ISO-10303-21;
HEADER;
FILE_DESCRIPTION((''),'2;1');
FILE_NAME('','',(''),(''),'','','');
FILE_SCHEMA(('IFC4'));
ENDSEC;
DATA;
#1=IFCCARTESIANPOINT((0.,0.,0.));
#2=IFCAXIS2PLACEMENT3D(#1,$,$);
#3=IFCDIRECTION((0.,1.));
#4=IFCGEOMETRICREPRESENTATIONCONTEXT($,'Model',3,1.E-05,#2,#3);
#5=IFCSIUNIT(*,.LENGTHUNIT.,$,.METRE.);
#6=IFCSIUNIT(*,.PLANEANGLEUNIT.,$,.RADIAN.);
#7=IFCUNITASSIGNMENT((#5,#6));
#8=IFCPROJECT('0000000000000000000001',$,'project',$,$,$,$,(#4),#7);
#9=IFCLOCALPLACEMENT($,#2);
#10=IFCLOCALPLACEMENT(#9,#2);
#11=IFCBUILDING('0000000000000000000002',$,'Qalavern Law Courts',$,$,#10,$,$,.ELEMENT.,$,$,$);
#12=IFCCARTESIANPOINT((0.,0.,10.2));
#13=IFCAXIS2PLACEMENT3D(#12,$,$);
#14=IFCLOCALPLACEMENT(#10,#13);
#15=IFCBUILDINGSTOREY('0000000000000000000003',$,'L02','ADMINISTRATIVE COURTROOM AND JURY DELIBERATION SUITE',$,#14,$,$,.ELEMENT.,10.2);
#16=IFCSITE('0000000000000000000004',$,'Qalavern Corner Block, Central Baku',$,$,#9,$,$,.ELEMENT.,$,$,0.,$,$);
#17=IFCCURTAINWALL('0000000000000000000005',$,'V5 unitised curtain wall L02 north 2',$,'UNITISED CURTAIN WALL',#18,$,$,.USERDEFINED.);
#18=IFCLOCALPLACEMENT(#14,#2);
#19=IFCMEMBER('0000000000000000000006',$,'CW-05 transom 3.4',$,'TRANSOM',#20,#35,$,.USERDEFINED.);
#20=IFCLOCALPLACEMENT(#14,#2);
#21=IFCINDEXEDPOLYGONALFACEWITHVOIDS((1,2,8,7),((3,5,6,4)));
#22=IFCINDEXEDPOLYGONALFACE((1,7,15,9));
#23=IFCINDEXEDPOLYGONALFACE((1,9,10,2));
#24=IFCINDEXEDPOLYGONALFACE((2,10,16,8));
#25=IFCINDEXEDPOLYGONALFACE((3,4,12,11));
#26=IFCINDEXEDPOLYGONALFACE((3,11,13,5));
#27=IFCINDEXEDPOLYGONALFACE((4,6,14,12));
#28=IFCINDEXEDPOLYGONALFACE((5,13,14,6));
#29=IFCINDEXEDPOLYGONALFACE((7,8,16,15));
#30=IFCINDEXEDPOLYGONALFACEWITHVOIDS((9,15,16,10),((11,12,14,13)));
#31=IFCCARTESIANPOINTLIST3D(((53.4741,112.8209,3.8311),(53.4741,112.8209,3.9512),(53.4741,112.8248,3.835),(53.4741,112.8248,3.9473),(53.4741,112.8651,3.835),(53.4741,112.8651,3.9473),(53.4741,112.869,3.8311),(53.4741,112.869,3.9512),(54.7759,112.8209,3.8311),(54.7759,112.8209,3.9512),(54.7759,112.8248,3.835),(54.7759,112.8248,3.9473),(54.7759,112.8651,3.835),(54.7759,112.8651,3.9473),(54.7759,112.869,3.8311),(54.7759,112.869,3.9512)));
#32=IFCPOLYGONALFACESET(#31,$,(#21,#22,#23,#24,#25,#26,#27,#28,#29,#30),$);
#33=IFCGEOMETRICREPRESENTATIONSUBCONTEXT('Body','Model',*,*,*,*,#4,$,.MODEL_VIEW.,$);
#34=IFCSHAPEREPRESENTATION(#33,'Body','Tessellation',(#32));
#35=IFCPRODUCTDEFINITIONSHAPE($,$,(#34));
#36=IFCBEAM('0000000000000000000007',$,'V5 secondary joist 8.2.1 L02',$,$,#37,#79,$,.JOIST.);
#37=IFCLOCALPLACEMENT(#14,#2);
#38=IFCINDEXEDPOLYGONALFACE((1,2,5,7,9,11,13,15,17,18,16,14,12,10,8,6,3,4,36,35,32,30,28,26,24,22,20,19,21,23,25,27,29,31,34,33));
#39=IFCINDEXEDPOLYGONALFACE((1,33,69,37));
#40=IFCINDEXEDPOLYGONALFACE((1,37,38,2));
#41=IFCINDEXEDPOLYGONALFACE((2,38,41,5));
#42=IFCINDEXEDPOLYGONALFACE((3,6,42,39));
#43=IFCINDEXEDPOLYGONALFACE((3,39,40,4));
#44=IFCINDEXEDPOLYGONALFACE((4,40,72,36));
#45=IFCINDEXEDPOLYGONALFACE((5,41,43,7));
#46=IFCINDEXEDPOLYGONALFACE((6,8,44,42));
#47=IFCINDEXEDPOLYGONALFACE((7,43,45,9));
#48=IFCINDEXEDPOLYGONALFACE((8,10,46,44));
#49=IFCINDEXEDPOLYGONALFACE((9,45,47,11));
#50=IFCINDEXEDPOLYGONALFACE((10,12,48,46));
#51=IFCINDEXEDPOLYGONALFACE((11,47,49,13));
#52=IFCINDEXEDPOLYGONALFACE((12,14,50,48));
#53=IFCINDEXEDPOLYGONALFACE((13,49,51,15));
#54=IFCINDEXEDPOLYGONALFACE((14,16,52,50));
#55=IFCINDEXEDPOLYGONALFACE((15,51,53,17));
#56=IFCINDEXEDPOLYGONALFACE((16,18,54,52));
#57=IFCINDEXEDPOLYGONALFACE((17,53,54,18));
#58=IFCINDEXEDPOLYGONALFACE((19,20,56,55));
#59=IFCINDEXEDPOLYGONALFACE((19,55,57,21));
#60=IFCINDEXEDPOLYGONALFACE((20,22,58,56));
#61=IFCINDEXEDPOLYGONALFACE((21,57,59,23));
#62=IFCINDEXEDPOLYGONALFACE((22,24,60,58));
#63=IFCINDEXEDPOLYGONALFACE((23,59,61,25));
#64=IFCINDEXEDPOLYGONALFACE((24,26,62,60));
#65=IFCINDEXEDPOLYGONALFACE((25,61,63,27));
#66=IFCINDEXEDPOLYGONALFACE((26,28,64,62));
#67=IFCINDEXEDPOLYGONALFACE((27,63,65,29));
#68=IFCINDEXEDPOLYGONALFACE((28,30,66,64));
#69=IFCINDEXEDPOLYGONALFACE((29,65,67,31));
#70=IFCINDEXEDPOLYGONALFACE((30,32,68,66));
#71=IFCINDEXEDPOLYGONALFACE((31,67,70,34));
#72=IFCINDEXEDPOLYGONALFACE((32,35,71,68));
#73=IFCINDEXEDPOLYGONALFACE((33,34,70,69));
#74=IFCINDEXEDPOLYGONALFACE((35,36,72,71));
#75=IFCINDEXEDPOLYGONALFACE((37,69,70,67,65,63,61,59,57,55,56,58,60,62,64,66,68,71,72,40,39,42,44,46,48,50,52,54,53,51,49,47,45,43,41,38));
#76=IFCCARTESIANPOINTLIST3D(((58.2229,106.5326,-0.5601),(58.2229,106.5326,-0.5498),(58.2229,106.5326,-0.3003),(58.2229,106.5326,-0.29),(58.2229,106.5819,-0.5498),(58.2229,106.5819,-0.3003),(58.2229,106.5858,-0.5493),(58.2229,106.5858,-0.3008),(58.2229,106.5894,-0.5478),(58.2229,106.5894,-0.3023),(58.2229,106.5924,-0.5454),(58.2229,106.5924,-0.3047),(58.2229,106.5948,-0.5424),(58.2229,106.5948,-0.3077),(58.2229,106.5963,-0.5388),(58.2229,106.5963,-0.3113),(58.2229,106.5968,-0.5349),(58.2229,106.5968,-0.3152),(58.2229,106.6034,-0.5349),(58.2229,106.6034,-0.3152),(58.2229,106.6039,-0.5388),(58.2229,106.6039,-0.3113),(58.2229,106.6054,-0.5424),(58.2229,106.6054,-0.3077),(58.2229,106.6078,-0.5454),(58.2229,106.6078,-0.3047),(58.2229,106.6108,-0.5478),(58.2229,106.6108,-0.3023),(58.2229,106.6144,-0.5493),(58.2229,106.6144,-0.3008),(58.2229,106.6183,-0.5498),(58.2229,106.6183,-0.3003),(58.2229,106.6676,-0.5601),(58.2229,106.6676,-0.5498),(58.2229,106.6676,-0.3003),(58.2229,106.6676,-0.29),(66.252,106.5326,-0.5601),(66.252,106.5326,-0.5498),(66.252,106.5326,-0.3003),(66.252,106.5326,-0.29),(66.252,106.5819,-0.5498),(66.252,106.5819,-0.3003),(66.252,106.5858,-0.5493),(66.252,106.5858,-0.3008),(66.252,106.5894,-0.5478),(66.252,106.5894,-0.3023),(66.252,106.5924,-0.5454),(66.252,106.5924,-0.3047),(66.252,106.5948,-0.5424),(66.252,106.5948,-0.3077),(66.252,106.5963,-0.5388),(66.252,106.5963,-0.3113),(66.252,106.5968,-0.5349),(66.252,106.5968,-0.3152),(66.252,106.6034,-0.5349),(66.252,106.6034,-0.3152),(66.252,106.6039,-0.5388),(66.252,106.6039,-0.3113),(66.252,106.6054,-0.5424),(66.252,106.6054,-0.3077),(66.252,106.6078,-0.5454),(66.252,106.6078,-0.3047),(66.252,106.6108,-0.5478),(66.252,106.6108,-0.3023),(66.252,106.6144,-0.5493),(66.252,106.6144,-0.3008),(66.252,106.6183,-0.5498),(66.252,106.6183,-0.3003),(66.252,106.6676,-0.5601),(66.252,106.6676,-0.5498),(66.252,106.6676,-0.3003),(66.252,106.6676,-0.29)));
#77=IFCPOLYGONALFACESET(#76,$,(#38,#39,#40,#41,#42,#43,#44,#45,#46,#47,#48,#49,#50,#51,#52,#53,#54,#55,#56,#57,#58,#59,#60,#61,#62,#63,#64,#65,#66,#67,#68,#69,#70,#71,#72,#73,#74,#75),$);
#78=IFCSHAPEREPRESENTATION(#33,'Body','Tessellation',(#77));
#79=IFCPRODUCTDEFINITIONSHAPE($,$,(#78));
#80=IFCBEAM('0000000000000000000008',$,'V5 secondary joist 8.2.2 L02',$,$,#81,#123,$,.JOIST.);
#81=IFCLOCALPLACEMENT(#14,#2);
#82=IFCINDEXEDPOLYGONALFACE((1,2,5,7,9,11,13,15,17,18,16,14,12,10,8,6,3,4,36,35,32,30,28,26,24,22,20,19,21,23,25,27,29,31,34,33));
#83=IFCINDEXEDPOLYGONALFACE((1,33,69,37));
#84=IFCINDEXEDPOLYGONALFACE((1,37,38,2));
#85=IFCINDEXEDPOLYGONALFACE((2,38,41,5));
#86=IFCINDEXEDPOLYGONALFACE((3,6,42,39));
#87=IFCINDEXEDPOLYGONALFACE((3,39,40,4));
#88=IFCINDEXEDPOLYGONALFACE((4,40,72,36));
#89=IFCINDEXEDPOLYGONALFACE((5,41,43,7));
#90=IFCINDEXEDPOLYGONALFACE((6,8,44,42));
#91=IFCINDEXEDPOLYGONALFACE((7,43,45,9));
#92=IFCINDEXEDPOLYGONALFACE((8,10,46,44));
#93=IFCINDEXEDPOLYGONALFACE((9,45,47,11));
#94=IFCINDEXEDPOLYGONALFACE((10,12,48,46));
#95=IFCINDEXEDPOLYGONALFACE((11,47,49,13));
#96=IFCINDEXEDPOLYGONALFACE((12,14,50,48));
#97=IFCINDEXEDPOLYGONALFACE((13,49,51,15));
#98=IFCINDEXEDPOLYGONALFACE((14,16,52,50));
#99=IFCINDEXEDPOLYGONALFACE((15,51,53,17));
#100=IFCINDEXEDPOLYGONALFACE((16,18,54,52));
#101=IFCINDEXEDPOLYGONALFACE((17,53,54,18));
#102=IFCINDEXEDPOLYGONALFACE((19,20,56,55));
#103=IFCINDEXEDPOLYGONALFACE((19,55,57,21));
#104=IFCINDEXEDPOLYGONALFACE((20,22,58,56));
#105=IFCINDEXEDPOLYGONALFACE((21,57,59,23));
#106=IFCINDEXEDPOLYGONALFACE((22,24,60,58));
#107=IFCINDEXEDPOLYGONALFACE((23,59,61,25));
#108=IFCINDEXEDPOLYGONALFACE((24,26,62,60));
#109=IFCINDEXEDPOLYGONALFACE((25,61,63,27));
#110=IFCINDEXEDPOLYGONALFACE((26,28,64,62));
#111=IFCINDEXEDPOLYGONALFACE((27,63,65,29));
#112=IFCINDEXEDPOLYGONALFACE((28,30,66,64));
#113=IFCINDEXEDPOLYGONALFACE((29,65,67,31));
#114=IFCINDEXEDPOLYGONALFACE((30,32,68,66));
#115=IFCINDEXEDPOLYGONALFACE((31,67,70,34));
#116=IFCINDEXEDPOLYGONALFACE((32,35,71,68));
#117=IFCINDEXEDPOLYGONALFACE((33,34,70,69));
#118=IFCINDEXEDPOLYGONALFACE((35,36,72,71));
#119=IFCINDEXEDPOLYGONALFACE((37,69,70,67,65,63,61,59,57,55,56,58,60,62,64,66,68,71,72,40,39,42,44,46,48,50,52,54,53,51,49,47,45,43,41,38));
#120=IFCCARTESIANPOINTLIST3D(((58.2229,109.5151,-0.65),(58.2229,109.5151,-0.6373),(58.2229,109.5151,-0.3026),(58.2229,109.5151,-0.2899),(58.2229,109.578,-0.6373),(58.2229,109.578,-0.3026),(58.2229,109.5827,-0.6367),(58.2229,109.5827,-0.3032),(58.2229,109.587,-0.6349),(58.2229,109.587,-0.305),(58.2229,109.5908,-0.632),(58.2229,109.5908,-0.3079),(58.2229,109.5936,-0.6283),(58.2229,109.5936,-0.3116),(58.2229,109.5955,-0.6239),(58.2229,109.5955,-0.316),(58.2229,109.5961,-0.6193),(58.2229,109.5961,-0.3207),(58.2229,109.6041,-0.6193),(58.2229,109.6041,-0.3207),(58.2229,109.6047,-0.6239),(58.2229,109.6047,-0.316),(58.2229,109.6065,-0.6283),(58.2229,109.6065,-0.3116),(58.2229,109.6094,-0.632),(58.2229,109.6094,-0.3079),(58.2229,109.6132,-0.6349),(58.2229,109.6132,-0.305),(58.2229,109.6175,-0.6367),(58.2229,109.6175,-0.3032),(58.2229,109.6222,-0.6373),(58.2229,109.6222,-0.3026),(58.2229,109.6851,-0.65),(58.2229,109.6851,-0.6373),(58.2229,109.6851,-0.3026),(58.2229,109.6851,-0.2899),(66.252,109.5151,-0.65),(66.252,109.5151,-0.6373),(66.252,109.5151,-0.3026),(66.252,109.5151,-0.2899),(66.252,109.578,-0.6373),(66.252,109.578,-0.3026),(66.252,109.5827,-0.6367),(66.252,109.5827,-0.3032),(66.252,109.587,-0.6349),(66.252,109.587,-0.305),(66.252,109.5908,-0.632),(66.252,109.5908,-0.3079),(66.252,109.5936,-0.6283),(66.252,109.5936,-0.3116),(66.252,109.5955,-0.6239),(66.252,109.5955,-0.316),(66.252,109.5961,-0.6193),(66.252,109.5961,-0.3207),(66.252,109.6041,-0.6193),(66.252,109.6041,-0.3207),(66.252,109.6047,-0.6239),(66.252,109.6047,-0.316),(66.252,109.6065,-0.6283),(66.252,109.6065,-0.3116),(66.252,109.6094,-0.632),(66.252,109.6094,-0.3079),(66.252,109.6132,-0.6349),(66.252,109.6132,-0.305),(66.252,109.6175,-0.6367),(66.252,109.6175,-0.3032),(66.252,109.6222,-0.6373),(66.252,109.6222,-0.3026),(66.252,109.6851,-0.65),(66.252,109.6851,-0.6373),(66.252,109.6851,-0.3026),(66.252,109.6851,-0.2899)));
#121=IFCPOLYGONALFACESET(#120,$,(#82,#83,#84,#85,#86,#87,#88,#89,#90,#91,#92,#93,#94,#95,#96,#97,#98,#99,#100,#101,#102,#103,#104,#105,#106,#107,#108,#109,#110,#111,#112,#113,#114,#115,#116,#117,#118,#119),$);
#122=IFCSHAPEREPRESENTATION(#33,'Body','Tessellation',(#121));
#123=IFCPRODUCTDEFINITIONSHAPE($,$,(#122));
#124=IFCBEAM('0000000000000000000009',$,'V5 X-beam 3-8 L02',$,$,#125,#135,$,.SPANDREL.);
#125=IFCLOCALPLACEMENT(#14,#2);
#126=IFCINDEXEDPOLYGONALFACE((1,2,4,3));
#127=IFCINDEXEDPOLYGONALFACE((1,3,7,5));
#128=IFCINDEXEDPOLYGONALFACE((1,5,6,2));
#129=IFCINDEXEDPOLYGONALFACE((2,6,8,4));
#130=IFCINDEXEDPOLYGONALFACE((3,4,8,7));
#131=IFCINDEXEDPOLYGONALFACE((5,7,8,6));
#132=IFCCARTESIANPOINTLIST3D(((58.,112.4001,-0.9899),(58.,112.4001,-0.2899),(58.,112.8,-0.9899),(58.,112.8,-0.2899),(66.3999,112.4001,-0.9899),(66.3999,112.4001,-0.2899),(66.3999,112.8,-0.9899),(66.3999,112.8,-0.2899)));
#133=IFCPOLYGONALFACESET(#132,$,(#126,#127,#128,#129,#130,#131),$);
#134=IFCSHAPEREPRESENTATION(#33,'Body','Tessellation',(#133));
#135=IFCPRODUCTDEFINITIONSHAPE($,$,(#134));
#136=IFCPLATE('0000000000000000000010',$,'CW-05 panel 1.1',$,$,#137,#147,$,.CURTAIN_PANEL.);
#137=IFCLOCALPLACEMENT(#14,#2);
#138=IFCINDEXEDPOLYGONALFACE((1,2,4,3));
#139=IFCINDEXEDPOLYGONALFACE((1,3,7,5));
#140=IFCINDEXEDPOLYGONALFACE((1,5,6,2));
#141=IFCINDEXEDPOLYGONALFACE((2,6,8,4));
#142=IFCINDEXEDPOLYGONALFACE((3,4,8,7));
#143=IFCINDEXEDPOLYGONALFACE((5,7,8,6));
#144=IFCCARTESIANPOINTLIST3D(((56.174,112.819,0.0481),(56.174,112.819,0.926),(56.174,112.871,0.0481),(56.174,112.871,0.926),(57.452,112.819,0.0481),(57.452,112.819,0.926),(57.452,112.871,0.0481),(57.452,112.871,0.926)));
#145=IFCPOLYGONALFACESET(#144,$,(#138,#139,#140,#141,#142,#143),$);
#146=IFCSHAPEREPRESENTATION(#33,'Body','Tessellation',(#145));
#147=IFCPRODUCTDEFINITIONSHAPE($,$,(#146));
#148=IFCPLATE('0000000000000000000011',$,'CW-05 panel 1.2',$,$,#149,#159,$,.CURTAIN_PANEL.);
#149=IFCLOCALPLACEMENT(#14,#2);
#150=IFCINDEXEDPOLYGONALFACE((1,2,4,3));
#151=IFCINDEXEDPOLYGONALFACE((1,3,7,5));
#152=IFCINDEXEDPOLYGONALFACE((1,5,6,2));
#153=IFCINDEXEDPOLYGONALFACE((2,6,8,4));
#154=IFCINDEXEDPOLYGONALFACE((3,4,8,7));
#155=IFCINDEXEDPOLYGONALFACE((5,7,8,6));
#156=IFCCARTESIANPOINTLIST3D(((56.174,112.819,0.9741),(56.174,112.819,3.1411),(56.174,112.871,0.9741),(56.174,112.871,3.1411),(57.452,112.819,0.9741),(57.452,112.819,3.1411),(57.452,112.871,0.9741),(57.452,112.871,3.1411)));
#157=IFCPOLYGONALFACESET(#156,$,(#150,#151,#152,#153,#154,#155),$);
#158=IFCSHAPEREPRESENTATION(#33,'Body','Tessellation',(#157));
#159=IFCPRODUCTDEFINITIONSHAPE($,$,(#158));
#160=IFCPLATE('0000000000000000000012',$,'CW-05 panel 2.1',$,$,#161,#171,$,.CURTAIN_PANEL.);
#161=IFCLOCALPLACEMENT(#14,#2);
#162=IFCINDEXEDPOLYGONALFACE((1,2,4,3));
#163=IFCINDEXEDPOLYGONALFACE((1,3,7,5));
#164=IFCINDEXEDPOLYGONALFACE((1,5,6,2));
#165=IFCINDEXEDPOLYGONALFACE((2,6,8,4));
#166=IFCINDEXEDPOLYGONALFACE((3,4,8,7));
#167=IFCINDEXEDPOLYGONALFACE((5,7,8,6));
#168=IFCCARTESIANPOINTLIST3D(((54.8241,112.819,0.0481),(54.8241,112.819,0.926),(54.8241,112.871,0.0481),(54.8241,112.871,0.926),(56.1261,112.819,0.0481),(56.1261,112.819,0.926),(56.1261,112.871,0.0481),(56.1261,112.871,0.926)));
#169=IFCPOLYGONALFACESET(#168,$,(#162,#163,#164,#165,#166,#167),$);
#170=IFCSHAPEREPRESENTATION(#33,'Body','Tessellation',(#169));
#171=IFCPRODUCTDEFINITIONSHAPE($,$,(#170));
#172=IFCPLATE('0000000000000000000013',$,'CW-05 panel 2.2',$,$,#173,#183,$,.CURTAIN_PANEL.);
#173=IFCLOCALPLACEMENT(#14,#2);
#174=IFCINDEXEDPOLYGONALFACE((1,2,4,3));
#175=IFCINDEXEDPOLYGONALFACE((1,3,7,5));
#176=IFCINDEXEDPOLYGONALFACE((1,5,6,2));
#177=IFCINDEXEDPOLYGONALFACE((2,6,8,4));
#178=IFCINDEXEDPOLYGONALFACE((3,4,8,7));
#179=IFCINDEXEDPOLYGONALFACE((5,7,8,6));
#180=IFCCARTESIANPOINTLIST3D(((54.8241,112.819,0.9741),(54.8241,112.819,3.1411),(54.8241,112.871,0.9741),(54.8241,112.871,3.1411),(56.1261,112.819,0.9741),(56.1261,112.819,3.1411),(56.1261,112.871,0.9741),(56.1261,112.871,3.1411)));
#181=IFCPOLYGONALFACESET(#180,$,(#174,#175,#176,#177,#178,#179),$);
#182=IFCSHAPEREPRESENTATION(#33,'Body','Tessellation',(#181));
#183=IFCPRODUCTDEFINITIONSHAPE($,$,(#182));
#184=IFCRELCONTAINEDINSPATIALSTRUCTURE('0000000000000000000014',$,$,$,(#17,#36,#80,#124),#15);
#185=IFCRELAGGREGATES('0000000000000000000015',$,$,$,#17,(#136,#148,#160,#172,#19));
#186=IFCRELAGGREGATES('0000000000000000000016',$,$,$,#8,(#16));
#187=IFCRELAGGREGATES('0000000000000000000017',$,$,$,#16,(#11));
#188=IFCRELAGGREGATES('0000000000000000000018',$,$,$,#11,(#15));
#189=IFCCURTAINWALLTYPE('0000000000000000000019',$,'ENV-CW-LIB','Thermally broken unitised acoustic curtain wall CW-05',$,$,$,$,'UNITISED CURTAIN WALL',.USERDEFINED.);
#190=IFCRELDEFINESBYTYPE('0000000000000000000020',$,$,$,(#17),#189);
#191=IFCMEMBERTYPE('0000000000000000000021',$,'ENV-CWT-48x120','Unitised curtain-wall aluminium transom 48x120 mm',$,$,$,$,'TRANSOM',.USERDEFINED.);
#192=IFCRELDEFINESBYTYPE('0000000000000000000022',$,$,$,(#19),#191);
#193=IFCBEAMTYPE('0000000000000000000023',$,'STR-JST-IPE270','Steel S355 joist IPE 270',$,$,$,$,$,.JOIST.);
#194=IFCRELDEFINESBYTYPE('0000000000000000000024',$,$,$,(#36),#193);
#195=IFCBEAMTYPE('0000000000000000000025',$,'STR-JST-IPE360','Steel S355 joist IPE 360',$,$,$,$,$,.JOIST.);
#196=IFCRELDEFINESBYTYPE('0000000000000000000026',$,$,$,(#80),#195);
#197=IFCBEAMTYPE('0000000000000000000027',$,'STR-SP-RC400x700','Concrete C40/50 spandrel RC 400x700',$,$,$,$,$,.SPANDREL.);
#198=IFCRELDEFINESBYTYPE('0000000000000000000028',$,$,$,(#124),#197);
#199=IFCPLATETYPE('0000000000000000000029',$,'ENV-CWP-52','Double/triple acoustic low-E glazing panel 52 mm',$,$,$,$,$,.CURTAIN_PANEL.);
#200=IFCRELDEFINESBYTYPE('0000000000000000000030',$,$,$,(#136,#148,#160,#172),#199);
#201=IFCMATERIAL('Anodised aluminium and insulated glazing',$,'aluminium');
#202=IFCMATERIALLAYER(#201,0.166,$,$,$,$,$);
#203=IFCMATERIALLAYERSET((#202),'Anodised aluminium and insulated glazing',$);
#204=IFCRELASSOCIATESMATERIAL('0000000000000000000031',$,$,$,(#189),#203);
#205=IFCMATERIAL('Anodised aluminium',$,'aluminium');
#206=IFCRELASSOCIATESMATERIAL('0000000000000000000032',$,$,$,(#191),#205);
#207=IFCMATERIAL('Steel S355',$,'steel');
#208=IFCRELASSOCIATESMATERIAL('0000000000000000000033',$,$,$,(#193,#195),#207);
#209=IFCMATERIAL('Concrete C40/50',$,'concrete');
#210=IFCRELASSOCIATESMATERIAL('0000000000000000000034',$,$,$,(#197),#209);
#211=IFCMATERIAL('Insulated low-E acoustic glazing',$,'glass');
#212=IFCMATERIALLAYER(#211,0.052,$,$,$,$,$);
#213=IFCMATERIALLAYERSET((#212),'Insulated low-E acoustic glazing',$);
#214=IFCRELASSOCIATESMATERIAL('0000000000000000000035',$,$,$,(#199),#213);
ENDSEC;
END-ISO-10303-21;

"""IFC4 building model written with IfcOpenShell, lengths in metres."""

from ifc_helpers import new_model, si_unit, direction, frame, origin, origin_2d, place, context, subcontext, project, spatial, rectangle, hollow_rectangle, i_section, extrude, material, layer, layer_set, material_profile, profile_set, type_object, element, aggregate, save


model = new_model("IFC4")

# Units and contexts
model_context = context("Model", 3, precision=1e-05, world=origin(), true_north=direction((0.0, 1.0)))
body_context = subcontext(model_context, "Body", "Model", "MODEL_VIEW")
ifc_project = project(units=[si_unit("LENGTHUNIT", "METRE"), si_unit("PLANEANGLEUNIT", "RADIAN")], contexts=[model_context])

# Site, building, storey
site_placement = place(None, origin())
site = spatial("IfcSite", under=ifc_project, at=site_placement, Name="Qalavern Corner Block, Central Baku", CompositionType="ELEMENT", RefElevation=0.0)
building_placement = place(site_placement, origin())
building = spatial("IfcBuilding", under=site, at=building_placement, Name="Qalavern Law Courts", CompositionType="ELEMENT")
storey_placement = place(building_placement, frame((0.0, 0.0, 10.2)))
storey = spatial("IfcBuildingStorey", under=building, at=storey_placement, Name="L02", Description="ADMINISTRATIVE COURTROOM AND JURY DELIBERATION SUITE", CompositionType="ELEMENT", Elevation=10.2)

# Curtain wall, member
ifc_material_1 = material(Name="Anodised aluminium and insulated glazing", Category="aluminium")
ifc_layer_1 = layer(ifc_material_1, 0.166)
ifc_layer_set_1 = layer_set([ifc_layer_1], Name="Anodised aluminium and insulated glazing")
curtain_wall_type = type_object("IfcCurtainWallType", Name="ENV-CW-LIB", Description="Thermally broken unitised acoustic curtain wall CW-05", ElementType="UNITISED CURTAIN WALL", PredefinedType="USERDEFINED", material=ifc_layer_set_1)
curtain_wall_placement = place(storey_placement, origin())
curtain_wall = element("IfcCurtainWall", 1, at=curtain_wall_placement, inside=storey, type_object=curtain_wall_type, Name="V5 unitised curtain wall L02 north 2", ObjectType="UNITISED CURTAIN WALL", PredefinedType="USERDEFINED")
ifc_material_2 = material(Name="Anodised aluminium", Category="aluminium")
ifc_material_profile_1 = material_profile(ifc_material_2, hollow_rectangle(XDim=0.0481, YDim=0.1201, WallThickness=0.0039, at=origin_2d()), Name="ALU TRANSOM 48x120")
ifc_profile_set_1 = profile_set([ifc_material_profile_1], Name="Anodised aluminium")
member_type_1 = type_object("IfcMemberType", Name="ENV-CWT-48x120", Description="Unitised curtain-wall aluminium transom 48x120 mm", ElementType="TRANSOM", PredefinedType="USERDEFINED", material=ifc_profile_set_1)
member_1_placement = place(storey_placement, frame((54.7759, 112.845, 3.8911), z_axis=(-1.0, 0.0, 0.0), x_axis=(0.0, -1.0, 0.0)))
member_1 = element("IfcMember", 2, at=member_1_placement, type_object=member_type_1, Name="CW-05 transom 3.4", ObjectType="TRANSOM", PredefinedType="USERDEFINED", context=body_context, shape_type="SweptSolid", body=[
    extrude(hollow_rectangle(XDim=0.0481, YDim=0.1201, WallThickness=0.0039, at=origin_2d()), origin(), (0.0, 0.0, 1.0), 1.3018),
])

# Beams
ifc_material_3 = material(Name="Steel S355", Category="steel")
ifc_material_profile_2 = material_profile(ifc_material_3, i_section(OverallWidth=0.135, OverallDepth=0.27, WebThickness=0.0066, FlangeThickness=0.0103, FilletRadius=0.0149, at=origin_2d()), Name="IPE 270")
ifc_profile_set_2 = profile_set([ifc_material_profile_2], Name="Steel S355")
beam_type_1 = type_object("IfcBeamType", Name="STR-JST-IPE270", Description="Steel S355 joist IPE 270", PredefinedType="JOIST", material=ifc_profile_set_2)
beam_1_placement = place(storey_placement, frame((58.2229, 106.6001, -0.425), z_axis=(1.0, 0.0, 0.0), x_axis=(0.0, 1.0, 0.0)))
element("IfcBeam", 3, at=beam_1_placement, inside=storey, type_object=beam_type_1, Name="V5 secondary joist 8.2.1 L02", PredefinedType="JOIST", context=body_context, shape_type="SweptSolid", body=[
    extrude(i_section(OverallWidth=0.135, OverallDepth=0.27, WebThickness=0.0066, FlangeThickness=0.0103, FilletRadius=0.0149, at=origin_2d()), origin(), (0.0, 0.0, 1.0), 8.0291),
])
ifc_material_profile_3 = material_profile(ifc_material_3, i_section(OverallWidth=0.1699, OverallDepth=0.3601, WebThickness=0.0081, FlangeThickness=0.0127, FilletRadius=0.0181, at=origin_2d()), Name="IPE 360")
ifc_profile_set_3 = profile_set([ifc_material_profile_3], Name="Steel S355")
beam_type_2 = type_object("IfcBeamType", Name="STR-JST-IPE360", Description="Steel S355 joist IPE 360", PredefinedType="JOIST", material=ifc_profile_set_3)
beam_2_placement = place(storey_placement, frame((58.2229, 109.6001, -0.47), z_axis=(1.0, 0.0, 0.0), x_axis=(0.0, 1.0, 0.0)))
element("IfcBeam", 4, at=beam_2_placement, inside=storey, type_object=beam_type_2, Name="V5 secondary joist 8.2.2 L02", PredefinedType="JOIST", context=body_context, shape_type="SweptSolid", body=[
    extrude(i_section(OverallWidth=0.1699, OverallDepth=0.3601, WebThickness=0.0081, FlangeThickness=0.0127, FilletRadius=0.0181, at=origin_2d()), origin(), (0.0, 0.0, 1.0), 8.0291),
])
ifc_material_4 = material(Name="Concrete C40/50", Category="concrete")
ifc_material_profile_4 = material_profile(ifc_material_4, rectangle(XDim=0.3999, YDim=0.7, at=origin_2d()), Name="RC 400x700")
ifc_profile_set_4 = profile_set([ifc_material_profile_4], Name="Concrete C40/50")
beam_type_3 = type_object("IfcBeamType", Name="STR-SP-RC400x700", Description="Concrete C40/50 spandrel RC 400x700", PredefinedType="SPANDREL", material=ifc_profile_set_4)
beam_3_placement = place(storey_placement, frame((58.0, 112.6001, -0.6399), z_axis=(1.0, 0.0, 0.0), x_axis=(0.0, 1.0, 0.0)))
element("IfcBeam", 5, at=beam_3_placement, inside=storey, type_object=beam_type_3, Name="V5 X-beam 3-8 L02", PredefinedType="SPANDREL", context=body_context, shape_type="SweptSolid", body=[
    extrude(rectangle(XDim=0.3999, YDim=0.7, at=origin_2d()), origin(), (0.0, 0.0, 1.0), 8.3999),
])

# Plates
ifc_material_5 = material(Name="Insulated low-E acoustic glazing", Category="glass")
ifc_layer_2 = layer(ifc_material_5, 0.052)
ifc_layer_set_2 = layer_set([ifc_layer_2], Name="Insulated low-E acoustic glazing")
plate_type = type_object("IfcPlateType", Name="ENV-CWP-52", Description="Double/triple acoustic low-E glazing panel 52 mm", PredefinedType="CURTAIN_PANEL", material=ifc_layer_set_2)
plate_1_placement = place(storey_placement, frame((56.813, 112.845, 0.0481), z_axis=(0.0, 0.0, 1.0), x_axis=(-1.0, 0.0, 0.0)))
plate_1 = element("IfcPlate", 6, at=plate_1_placement, type_object=plate_type, Name="CW-05 panel 1.1", PredefinedType="CURTAIN_PANEL", context=body_context, shape_type="SweptSolid", body=[
    extrude(rectangle(XDim=1.2781, YDim=0.052, at=origin_2d()), origin(), (0.0, 0.0, 1.0), 0.8779),
])
plate_2_placement = place(storey_placement, frame((56.813, 112.845, 0.9741), z_axis=(0.0, 0.0, 1.0), x_axis=(-1.0, 0.0, 0.0)))
plate_2 = element("IfcPlate", 7, at=plate_2_placement, type_object=plate_type, Name="CW-05 panel 1.2", PredefinedType="CURTAIN_PANEL", context=body_context, shape_type="SweptSolid", body=[
    extrude(rectangle(XDim=1.2781, YDim=0.052, at=origin_2d()), origin(), (0.0, 0.0, 1.0), 2.167),
])
plate_3_placement = place(storey_placement, frame((55.4751, 112.845, 0.0481), z_axis=(0.0, 0.0, 1.0), x_axis=(-1.0, 0.0, 0.0)))
plate_3 = element("IfcPlate", 8, at=plate_3_placement, type_object=plate_type, Name="CW-05 panel 2.1", PredefinedType="CURTAIN_PANEL", context=body_context, shape_type="SweptSolid", body=[
    extrude(rectangle(XDim=1.302, YDim=0.052, at=origin_2d()), origin(), (0.0, 0.0, 1.0), 0.8779),
])
plate_4_placement = place(storey_placement, frame((55.4751, 112.845, 0.9741), z_axis=(0.0, 0.0, 1.0), x_axis=(-1.0, 0.0, 0.0)))
plate_4 = element("IfcPlate", 9, at=plate_4_placement, type_object=plate_type, Name="CW-05 panel 2.2", PredefinedType="CURTAIN_PANEL", context=body_context, shape_type="SweptSolid", body=[
    extrude(rectangle(XDim=1.302, YDim=0.052, at=origin_2d()), origin(), (0.0, 0.0, 1.0), 2.167),
])
aggregate(curtain_wall, [plate_1, plate_2, plate_3, plate_4, member_1])

save(model, "model.ifc")
